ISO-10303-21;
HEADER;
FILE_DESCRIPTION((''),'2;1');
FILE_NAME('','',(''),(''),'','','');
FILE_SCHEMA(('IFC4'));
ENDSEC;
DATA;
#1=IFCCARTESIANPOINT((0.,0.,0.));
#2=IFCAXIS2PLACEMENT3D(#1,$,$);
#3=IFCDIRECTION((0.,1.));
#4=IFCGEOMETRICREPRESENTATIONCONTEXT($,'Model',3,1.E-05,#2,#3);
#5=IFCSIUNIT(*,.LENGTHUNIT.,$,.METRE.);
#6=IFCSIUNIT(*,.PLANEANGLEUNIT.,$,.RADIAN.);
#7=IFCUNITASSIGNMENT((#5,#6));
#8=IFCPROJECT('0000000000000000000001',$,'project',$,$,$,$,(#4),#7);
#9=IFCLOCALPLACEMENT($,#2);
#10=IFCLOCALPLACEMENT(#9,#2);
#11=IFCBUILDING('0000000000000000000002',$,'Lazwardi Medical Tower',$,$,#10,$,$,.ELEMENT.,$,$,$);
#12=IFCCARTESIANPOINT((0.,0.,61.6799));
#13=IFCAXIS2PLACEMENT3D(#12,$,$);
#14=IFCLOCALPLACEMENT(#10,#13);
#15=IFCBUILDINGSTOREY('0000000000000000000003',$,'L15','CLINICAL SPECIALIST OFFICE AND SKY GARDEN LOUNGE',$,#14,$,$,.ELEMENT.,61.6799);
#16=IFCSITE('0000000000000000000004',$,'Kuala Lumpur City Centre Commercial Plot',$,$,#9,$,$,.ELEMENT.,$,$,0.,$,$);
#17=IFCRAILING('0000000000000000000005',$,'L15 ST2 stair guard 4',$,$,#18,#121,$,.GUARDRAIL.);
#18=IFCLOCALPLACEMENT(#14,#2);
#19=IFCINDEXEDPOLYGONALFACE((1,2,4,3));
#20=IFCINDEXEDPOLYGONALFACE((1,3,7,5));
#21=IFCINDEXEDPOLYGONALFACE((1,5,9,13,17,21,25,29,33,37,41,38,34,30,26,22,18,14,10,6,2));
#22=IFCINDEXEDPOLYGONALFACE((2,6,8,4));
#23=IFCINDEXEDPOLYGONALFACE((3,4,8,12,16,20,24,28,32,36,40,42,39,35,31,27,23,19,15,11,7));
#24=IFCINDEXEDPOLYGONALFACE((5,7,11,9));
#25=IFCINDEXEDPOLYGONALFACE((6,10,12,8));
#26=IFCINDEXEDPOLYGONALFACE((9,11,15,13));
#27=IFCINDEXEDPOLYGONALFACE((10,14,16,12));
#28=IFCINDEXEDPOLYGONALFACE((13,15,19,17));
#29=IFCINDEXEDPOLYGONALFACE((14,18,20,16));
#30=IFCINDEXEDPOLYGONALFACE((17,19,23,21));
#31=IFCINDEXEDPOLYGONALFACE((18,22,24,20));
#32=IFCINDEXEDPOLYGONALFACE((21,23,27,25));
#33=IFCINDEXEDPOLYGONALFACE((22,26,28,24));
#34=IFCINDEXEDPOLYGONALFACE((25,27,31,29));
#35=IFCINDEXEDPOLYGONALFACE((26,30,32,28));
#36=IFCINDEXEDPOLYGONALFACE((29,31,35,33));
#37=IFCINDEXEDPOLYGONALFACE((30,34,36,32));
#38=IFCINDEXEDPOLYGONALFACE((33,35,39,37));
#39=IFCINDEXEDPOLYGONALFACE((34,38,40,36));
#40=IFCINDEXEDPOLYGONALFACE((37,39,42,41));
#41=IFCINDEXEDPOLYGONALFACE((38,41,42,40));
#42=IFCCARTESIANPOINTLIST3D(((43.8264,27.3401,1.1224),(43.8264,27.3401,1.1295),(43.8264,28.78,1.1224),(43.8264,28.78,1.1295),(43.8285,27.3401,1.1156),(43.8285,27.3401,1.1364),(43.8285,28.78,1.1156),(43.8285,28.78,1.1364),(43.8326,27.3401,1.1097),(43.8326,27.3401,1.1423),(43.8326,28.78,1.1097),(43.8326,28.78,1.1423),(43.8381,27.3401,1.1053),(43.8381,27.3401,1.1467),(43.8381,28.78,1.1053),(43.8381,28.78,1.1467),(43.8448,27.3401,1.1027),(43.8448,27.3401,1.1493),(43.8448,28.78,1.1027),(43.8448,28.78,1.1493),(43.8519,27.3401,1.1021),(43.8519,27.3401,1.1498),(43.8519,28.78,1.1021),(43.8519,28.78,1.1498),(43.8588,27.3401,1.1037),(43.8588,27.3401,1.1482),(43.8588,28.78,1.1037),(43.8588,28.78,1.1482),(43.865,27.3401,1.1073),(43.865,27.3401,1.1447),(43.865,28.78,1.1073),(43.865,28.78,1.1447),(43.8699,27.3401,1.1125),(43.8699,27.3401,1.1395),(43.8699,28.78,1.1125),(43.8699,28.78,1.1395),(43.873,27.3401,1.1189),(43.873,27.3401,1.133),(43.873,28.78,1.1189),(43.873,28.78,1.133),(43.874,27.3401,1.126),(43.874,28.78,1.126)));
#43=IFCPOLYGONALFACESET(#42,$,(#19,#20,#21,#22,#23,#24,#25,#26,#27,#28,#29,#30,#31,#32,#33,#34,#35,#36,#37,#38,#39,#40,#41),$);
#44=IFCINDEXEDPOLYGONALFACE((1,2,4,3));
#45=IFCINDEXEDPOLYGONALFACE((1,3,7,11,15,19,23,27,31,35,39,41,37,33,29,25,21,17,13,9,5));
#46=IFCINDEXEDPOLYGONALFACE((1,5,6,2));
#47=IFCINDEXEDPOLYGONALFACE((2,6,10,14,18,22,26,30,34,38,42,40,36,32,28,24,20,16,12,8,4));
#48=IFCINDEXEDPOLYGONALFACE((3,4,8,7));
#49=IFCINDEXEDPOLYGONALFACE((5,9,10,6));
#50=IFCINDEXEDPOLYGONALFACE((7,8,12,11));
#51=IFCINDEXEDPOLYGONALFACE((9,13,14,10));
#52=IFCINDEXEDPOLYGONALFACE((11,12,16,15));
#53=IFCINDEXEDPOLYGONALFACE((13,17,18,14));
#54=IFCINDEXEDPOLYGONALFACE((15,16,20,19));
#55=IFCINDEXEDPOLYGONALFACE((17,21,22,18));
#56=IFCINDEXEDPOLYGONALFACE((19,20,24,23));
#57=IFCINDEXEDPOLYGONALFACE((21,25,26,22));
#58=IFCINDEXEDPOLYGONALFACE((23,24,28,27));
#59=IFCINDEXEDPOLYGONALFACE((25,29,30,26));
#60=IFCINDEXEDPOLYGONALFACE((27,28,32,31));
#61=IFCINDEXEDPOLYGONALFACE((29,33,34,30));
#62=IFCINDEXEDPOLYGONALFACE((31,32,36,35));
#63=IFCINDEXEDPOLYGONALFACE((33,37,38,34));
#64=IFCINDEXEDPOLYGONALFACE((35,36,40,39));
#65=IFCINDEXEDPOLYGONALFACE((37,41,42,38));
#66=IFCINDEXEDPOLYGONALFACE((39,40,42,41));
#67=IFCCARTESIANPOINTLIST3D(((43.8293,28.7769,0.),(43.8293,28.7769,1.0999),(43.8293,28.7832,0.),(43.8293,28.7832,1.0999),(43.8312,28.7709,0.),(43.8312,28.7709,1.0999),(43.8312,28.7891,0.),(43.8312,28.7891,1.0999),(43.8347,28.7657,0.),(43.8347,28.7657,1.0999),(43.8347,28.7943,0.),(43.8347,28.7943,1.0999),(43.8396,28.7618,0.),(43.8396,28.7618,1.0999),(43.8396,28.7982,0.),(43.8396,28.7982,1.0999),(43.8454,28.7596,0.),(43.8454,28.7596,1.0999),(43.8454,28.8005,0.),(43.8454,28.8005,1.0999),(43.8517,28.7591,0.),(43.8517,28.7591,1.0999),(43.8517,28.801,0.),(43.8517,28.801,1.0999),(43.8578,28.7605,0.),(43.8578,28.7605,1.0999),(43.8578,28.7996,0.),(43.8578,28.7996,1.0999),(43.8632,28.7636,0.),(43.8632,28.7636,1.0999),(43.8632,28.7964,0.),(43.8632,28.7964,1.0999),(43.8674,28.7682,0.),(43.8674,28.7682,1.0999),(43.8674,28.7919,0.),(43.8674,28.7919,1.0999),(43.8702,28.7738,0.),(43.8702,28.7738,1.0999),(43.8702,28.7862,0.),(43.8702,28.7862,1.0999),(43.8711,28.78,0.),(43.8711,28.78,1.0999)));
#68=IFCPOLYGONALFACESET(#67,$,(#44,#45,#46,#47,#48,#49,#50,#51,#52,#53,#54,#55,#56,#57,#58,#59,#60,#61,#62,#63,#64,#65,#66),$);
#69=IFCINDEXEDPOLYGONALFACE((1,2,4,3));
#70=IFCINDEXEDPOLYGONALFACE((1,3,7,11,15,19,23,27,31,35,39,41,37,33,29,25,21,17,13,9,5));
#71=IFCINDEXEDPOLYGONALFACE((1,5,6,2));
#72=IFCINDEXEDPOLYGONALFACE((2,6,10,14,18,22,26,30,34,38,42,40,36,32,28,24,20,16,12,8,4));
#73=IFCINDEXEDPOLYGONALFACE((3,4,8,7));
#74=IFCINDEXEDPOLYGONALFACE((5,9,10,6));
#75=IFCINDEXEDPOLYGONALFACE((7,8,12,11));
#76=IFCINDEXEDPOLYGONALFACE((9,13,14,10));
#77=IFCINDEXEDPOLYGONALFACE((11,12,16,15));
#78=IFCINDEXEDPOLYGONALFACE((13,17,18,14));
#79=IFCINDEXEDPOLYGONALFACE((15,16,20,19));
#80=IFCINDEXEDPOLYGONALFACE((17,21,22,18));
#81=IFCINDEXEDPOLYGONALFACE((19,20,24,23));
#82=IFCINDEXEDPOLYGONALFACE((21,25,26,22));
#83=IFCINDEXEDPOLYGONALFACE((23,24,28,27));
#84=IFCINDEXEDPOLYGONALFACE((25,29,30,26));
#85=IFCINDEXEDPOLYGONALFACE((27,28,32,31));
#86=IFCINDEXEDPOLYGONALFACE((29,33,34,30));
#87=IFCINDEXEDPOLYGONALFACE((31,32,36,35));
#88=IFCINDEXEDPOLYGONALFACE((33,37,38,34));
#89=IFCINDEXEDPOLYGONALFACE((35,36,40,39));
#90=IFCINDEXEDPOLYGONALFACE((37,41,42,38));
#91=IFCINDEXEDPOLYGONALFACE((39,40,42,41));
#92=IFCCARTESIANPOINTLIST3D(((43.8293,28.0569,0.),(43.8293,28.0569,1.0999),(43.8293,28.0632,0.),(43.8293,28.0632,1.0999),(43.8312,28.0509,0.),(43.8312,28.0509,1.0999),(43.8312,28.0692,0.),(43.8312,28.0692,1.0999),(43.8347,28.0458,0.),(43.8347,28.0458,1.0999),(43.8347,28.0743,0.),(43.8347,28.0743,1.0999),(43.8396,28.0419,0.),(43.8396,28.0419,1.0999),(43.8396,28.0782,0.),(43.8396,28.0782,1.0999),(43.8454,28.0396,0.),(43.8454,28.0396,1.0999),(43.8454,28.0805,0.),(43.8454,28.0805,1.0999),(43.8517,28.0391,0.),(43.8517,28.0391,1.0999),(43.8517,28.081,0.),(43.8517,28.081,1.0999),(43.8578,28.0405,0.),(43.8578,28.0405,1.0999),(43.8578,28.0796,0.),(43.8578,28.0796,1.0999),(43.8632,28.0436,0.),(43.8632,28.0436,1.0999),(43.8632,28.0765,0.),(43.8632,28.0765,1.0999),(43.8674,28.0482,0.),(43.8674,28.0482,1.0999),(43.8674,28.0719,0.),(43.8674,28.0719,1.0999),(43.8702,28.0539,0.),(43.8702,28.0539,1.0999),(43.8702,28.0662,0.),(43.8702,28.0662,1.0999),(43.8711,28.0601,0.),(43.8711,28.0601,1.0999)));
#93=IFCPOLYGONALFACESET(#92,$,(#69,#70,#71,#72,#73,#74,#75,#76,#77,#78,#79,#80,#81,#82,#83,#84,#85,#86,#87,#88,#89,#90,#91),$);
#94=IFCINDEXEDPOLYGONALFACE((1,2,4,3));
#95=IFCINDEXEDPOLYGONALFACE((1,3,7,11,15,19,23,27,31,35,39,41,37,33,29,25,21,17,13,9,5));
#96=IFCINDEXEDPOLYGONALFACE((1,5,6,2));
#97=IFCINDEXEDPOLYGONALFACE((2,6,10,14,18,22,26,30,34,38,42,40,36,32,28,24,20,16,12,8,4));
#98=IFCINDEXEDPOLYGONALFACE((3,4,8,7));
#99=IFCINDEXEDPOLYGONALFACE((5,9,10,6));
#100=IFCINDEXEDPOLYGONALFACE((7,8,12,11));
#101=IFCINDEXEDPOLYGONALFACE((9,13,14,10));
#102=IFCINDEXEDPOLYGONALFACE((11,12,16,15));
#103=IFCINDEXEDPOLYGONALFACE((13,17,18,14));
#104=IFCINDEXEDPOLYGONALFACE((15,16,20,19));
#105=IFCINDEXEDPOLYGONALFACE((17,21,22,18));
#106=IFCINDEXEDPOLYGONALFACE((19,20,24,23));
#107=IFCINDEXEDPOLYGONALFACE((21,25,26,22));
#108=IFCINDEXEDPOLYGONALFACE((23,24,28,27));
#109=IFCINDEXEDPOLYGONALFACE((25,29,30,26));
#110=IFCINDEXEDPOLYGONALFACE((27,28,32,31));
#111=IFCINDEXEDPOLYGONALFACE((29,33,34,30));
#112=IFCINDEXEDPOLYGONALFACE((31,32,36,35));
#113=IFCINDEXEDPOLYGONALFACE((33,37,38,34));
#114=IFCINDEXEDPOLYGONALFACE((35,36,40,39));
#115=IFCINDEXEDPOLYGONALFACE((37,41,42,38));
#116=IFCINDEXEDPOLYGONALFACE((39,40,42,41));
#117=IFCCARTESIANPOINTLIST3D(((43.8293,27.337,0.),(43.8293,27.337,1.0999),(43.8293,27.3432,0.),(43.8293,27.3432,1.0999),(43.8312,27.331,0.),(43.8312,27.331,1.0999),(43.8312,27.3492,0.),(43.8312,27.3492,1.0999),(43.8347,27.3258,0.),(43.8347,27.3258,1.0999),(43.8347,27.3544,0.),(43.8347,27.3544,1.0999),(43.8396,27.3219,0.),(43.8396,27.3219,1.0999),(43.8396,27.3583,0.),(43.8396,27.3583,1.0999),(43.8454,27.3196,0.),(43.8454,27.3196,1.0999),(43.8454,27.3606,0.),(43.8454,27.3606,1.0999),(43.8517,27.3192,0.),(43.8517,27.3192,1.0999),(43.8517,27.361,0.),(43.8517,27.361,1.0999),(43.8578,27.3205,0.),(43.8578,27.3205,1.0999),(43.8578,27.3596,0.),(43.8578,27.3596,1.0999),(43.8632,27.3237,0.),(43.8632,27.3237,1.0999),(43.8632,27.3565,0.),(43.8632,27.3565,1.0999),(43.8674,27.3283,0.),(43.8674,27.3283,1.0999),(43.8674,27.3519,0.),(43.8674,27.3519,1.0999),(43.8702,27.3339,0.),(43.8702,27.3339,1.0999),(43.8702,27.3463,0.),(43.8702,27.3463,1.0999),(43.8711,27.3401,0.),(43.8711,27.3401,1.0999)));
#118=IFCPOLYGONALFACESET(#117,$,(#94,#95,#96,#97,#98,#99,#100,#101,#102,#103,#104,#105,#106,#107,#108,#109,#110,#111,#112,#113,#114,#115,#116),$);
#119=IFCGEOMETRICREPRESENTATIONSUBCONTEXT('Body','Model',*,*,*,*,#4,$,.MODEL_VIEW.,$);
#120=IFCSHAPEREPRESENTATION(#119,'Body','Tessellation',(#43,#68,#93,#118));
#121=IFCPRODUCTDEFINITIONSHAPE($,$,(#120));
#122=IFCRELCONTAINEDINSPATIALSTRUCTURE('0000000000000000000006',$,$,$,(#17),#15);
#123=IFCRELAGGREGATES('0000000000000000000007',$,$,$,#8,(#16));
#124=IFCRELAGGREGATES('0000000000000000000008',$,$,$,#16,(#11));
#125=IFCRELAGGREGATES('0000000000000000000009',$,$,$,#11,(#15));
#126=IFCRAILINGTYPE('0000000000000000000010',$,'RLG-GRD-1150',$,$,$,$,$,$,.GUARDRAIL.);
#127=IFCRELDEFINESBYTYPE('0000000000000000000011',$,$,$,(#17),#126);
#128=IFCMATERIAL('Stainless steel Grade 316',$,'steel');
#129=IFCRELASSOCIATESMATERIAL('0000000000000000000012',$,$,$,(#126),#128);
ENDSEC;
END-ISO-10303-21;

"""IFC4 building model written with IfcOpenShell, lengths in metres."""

from ifc_helpers import new_model, si_unit, direction, frame, origin, origin_2d, place, context, subcontext, project, spatial, circle, extrude, material, type_object, element, save


model = new_model("IFC4")

# Units and contexts
model_context = context("Model", 3, precision=1e-05, world=origin(), true_north=direction((0.0, 1.0)))
body_context = subcontext(model_context, "Body", "Model", "MODEL_VIEW")
ifc_project = project(units=[si_unit("LENGTHUNIT", "METRE"), si_unit("PLANEANGLEUNIT", "RADIAN")], contexts=[model_context])

# Site, building, storey
site_placement = place(None, origin())
site = spatial("IfcSite", under=ifc_project, at=site_placement, Name="Kuala Lumpur City Centre Commercial Plot", CompositionType="ELEMENT", RefElevation=0.0)
building_placement = place(site_placement, origin())
building = spatial("IfcBuilding", under=site, at=building_placement, Name="Lazwardi Medical Tower", CompositionType="ELEMENT")
storey_placement = place(building_placement, frame((0.0, 0.0, 61.6799)))
storey = spatial("IfcBuildingStorey", under=building, at=storey_placement, Name="L15", Description="CLINICAL SPECIALIST OFFICE AND SKY GARDEN LOUNGE", CompositionType="ELEMENT", Elevation=61.6799)

# Railing
ifc_material_1 = material(Name="Stainless steel Grade 316", Category="steel")
railing_type_1 = type_object("IfcRailingType", Name="RLG-GRD-1150", PredefinedType="GUARDRAIL", material=ifc_material_1)
railing_1_placement = place(storey_placement, frame((43.8501, 28.78, 0.0)))
element("IfcRailing", 1, at=railing_1_placement, inside=storey, type_object=railing_type_1, Name="L15 ST2 stair guard 4", PredefinedType="GUARDRAIL", context=body_context, shape_type="SweptSolid", body=[
    extrude(circle(Radius=0.0239, at=origin_2d()), frame((0.0, 0.0, 1.126), z_axis=(0.0, -1.0, 0.0), x_axis=(1.0, 0.0, 0.0)), (0.0, 0.0, 1.0), 1.4399),
    extrude(circle(Radius=0.021, at=origin_2d()), origin(), (0.0, 0.0, 1.0), 1.0999),
    extrude(circle(Radius=0.021, at=origin_2d()), frame((0.0, -0.72, 0.0)), (0.0, 0.0, 1.0), 1.0999),
    extrude(circle(Radius=0.021, at=origin_2d()), frame((0.0, -1.4399, 0.0)), (0.0, 0.0, 1.0), 1.0999),
])

save(model, "model.ifc")
